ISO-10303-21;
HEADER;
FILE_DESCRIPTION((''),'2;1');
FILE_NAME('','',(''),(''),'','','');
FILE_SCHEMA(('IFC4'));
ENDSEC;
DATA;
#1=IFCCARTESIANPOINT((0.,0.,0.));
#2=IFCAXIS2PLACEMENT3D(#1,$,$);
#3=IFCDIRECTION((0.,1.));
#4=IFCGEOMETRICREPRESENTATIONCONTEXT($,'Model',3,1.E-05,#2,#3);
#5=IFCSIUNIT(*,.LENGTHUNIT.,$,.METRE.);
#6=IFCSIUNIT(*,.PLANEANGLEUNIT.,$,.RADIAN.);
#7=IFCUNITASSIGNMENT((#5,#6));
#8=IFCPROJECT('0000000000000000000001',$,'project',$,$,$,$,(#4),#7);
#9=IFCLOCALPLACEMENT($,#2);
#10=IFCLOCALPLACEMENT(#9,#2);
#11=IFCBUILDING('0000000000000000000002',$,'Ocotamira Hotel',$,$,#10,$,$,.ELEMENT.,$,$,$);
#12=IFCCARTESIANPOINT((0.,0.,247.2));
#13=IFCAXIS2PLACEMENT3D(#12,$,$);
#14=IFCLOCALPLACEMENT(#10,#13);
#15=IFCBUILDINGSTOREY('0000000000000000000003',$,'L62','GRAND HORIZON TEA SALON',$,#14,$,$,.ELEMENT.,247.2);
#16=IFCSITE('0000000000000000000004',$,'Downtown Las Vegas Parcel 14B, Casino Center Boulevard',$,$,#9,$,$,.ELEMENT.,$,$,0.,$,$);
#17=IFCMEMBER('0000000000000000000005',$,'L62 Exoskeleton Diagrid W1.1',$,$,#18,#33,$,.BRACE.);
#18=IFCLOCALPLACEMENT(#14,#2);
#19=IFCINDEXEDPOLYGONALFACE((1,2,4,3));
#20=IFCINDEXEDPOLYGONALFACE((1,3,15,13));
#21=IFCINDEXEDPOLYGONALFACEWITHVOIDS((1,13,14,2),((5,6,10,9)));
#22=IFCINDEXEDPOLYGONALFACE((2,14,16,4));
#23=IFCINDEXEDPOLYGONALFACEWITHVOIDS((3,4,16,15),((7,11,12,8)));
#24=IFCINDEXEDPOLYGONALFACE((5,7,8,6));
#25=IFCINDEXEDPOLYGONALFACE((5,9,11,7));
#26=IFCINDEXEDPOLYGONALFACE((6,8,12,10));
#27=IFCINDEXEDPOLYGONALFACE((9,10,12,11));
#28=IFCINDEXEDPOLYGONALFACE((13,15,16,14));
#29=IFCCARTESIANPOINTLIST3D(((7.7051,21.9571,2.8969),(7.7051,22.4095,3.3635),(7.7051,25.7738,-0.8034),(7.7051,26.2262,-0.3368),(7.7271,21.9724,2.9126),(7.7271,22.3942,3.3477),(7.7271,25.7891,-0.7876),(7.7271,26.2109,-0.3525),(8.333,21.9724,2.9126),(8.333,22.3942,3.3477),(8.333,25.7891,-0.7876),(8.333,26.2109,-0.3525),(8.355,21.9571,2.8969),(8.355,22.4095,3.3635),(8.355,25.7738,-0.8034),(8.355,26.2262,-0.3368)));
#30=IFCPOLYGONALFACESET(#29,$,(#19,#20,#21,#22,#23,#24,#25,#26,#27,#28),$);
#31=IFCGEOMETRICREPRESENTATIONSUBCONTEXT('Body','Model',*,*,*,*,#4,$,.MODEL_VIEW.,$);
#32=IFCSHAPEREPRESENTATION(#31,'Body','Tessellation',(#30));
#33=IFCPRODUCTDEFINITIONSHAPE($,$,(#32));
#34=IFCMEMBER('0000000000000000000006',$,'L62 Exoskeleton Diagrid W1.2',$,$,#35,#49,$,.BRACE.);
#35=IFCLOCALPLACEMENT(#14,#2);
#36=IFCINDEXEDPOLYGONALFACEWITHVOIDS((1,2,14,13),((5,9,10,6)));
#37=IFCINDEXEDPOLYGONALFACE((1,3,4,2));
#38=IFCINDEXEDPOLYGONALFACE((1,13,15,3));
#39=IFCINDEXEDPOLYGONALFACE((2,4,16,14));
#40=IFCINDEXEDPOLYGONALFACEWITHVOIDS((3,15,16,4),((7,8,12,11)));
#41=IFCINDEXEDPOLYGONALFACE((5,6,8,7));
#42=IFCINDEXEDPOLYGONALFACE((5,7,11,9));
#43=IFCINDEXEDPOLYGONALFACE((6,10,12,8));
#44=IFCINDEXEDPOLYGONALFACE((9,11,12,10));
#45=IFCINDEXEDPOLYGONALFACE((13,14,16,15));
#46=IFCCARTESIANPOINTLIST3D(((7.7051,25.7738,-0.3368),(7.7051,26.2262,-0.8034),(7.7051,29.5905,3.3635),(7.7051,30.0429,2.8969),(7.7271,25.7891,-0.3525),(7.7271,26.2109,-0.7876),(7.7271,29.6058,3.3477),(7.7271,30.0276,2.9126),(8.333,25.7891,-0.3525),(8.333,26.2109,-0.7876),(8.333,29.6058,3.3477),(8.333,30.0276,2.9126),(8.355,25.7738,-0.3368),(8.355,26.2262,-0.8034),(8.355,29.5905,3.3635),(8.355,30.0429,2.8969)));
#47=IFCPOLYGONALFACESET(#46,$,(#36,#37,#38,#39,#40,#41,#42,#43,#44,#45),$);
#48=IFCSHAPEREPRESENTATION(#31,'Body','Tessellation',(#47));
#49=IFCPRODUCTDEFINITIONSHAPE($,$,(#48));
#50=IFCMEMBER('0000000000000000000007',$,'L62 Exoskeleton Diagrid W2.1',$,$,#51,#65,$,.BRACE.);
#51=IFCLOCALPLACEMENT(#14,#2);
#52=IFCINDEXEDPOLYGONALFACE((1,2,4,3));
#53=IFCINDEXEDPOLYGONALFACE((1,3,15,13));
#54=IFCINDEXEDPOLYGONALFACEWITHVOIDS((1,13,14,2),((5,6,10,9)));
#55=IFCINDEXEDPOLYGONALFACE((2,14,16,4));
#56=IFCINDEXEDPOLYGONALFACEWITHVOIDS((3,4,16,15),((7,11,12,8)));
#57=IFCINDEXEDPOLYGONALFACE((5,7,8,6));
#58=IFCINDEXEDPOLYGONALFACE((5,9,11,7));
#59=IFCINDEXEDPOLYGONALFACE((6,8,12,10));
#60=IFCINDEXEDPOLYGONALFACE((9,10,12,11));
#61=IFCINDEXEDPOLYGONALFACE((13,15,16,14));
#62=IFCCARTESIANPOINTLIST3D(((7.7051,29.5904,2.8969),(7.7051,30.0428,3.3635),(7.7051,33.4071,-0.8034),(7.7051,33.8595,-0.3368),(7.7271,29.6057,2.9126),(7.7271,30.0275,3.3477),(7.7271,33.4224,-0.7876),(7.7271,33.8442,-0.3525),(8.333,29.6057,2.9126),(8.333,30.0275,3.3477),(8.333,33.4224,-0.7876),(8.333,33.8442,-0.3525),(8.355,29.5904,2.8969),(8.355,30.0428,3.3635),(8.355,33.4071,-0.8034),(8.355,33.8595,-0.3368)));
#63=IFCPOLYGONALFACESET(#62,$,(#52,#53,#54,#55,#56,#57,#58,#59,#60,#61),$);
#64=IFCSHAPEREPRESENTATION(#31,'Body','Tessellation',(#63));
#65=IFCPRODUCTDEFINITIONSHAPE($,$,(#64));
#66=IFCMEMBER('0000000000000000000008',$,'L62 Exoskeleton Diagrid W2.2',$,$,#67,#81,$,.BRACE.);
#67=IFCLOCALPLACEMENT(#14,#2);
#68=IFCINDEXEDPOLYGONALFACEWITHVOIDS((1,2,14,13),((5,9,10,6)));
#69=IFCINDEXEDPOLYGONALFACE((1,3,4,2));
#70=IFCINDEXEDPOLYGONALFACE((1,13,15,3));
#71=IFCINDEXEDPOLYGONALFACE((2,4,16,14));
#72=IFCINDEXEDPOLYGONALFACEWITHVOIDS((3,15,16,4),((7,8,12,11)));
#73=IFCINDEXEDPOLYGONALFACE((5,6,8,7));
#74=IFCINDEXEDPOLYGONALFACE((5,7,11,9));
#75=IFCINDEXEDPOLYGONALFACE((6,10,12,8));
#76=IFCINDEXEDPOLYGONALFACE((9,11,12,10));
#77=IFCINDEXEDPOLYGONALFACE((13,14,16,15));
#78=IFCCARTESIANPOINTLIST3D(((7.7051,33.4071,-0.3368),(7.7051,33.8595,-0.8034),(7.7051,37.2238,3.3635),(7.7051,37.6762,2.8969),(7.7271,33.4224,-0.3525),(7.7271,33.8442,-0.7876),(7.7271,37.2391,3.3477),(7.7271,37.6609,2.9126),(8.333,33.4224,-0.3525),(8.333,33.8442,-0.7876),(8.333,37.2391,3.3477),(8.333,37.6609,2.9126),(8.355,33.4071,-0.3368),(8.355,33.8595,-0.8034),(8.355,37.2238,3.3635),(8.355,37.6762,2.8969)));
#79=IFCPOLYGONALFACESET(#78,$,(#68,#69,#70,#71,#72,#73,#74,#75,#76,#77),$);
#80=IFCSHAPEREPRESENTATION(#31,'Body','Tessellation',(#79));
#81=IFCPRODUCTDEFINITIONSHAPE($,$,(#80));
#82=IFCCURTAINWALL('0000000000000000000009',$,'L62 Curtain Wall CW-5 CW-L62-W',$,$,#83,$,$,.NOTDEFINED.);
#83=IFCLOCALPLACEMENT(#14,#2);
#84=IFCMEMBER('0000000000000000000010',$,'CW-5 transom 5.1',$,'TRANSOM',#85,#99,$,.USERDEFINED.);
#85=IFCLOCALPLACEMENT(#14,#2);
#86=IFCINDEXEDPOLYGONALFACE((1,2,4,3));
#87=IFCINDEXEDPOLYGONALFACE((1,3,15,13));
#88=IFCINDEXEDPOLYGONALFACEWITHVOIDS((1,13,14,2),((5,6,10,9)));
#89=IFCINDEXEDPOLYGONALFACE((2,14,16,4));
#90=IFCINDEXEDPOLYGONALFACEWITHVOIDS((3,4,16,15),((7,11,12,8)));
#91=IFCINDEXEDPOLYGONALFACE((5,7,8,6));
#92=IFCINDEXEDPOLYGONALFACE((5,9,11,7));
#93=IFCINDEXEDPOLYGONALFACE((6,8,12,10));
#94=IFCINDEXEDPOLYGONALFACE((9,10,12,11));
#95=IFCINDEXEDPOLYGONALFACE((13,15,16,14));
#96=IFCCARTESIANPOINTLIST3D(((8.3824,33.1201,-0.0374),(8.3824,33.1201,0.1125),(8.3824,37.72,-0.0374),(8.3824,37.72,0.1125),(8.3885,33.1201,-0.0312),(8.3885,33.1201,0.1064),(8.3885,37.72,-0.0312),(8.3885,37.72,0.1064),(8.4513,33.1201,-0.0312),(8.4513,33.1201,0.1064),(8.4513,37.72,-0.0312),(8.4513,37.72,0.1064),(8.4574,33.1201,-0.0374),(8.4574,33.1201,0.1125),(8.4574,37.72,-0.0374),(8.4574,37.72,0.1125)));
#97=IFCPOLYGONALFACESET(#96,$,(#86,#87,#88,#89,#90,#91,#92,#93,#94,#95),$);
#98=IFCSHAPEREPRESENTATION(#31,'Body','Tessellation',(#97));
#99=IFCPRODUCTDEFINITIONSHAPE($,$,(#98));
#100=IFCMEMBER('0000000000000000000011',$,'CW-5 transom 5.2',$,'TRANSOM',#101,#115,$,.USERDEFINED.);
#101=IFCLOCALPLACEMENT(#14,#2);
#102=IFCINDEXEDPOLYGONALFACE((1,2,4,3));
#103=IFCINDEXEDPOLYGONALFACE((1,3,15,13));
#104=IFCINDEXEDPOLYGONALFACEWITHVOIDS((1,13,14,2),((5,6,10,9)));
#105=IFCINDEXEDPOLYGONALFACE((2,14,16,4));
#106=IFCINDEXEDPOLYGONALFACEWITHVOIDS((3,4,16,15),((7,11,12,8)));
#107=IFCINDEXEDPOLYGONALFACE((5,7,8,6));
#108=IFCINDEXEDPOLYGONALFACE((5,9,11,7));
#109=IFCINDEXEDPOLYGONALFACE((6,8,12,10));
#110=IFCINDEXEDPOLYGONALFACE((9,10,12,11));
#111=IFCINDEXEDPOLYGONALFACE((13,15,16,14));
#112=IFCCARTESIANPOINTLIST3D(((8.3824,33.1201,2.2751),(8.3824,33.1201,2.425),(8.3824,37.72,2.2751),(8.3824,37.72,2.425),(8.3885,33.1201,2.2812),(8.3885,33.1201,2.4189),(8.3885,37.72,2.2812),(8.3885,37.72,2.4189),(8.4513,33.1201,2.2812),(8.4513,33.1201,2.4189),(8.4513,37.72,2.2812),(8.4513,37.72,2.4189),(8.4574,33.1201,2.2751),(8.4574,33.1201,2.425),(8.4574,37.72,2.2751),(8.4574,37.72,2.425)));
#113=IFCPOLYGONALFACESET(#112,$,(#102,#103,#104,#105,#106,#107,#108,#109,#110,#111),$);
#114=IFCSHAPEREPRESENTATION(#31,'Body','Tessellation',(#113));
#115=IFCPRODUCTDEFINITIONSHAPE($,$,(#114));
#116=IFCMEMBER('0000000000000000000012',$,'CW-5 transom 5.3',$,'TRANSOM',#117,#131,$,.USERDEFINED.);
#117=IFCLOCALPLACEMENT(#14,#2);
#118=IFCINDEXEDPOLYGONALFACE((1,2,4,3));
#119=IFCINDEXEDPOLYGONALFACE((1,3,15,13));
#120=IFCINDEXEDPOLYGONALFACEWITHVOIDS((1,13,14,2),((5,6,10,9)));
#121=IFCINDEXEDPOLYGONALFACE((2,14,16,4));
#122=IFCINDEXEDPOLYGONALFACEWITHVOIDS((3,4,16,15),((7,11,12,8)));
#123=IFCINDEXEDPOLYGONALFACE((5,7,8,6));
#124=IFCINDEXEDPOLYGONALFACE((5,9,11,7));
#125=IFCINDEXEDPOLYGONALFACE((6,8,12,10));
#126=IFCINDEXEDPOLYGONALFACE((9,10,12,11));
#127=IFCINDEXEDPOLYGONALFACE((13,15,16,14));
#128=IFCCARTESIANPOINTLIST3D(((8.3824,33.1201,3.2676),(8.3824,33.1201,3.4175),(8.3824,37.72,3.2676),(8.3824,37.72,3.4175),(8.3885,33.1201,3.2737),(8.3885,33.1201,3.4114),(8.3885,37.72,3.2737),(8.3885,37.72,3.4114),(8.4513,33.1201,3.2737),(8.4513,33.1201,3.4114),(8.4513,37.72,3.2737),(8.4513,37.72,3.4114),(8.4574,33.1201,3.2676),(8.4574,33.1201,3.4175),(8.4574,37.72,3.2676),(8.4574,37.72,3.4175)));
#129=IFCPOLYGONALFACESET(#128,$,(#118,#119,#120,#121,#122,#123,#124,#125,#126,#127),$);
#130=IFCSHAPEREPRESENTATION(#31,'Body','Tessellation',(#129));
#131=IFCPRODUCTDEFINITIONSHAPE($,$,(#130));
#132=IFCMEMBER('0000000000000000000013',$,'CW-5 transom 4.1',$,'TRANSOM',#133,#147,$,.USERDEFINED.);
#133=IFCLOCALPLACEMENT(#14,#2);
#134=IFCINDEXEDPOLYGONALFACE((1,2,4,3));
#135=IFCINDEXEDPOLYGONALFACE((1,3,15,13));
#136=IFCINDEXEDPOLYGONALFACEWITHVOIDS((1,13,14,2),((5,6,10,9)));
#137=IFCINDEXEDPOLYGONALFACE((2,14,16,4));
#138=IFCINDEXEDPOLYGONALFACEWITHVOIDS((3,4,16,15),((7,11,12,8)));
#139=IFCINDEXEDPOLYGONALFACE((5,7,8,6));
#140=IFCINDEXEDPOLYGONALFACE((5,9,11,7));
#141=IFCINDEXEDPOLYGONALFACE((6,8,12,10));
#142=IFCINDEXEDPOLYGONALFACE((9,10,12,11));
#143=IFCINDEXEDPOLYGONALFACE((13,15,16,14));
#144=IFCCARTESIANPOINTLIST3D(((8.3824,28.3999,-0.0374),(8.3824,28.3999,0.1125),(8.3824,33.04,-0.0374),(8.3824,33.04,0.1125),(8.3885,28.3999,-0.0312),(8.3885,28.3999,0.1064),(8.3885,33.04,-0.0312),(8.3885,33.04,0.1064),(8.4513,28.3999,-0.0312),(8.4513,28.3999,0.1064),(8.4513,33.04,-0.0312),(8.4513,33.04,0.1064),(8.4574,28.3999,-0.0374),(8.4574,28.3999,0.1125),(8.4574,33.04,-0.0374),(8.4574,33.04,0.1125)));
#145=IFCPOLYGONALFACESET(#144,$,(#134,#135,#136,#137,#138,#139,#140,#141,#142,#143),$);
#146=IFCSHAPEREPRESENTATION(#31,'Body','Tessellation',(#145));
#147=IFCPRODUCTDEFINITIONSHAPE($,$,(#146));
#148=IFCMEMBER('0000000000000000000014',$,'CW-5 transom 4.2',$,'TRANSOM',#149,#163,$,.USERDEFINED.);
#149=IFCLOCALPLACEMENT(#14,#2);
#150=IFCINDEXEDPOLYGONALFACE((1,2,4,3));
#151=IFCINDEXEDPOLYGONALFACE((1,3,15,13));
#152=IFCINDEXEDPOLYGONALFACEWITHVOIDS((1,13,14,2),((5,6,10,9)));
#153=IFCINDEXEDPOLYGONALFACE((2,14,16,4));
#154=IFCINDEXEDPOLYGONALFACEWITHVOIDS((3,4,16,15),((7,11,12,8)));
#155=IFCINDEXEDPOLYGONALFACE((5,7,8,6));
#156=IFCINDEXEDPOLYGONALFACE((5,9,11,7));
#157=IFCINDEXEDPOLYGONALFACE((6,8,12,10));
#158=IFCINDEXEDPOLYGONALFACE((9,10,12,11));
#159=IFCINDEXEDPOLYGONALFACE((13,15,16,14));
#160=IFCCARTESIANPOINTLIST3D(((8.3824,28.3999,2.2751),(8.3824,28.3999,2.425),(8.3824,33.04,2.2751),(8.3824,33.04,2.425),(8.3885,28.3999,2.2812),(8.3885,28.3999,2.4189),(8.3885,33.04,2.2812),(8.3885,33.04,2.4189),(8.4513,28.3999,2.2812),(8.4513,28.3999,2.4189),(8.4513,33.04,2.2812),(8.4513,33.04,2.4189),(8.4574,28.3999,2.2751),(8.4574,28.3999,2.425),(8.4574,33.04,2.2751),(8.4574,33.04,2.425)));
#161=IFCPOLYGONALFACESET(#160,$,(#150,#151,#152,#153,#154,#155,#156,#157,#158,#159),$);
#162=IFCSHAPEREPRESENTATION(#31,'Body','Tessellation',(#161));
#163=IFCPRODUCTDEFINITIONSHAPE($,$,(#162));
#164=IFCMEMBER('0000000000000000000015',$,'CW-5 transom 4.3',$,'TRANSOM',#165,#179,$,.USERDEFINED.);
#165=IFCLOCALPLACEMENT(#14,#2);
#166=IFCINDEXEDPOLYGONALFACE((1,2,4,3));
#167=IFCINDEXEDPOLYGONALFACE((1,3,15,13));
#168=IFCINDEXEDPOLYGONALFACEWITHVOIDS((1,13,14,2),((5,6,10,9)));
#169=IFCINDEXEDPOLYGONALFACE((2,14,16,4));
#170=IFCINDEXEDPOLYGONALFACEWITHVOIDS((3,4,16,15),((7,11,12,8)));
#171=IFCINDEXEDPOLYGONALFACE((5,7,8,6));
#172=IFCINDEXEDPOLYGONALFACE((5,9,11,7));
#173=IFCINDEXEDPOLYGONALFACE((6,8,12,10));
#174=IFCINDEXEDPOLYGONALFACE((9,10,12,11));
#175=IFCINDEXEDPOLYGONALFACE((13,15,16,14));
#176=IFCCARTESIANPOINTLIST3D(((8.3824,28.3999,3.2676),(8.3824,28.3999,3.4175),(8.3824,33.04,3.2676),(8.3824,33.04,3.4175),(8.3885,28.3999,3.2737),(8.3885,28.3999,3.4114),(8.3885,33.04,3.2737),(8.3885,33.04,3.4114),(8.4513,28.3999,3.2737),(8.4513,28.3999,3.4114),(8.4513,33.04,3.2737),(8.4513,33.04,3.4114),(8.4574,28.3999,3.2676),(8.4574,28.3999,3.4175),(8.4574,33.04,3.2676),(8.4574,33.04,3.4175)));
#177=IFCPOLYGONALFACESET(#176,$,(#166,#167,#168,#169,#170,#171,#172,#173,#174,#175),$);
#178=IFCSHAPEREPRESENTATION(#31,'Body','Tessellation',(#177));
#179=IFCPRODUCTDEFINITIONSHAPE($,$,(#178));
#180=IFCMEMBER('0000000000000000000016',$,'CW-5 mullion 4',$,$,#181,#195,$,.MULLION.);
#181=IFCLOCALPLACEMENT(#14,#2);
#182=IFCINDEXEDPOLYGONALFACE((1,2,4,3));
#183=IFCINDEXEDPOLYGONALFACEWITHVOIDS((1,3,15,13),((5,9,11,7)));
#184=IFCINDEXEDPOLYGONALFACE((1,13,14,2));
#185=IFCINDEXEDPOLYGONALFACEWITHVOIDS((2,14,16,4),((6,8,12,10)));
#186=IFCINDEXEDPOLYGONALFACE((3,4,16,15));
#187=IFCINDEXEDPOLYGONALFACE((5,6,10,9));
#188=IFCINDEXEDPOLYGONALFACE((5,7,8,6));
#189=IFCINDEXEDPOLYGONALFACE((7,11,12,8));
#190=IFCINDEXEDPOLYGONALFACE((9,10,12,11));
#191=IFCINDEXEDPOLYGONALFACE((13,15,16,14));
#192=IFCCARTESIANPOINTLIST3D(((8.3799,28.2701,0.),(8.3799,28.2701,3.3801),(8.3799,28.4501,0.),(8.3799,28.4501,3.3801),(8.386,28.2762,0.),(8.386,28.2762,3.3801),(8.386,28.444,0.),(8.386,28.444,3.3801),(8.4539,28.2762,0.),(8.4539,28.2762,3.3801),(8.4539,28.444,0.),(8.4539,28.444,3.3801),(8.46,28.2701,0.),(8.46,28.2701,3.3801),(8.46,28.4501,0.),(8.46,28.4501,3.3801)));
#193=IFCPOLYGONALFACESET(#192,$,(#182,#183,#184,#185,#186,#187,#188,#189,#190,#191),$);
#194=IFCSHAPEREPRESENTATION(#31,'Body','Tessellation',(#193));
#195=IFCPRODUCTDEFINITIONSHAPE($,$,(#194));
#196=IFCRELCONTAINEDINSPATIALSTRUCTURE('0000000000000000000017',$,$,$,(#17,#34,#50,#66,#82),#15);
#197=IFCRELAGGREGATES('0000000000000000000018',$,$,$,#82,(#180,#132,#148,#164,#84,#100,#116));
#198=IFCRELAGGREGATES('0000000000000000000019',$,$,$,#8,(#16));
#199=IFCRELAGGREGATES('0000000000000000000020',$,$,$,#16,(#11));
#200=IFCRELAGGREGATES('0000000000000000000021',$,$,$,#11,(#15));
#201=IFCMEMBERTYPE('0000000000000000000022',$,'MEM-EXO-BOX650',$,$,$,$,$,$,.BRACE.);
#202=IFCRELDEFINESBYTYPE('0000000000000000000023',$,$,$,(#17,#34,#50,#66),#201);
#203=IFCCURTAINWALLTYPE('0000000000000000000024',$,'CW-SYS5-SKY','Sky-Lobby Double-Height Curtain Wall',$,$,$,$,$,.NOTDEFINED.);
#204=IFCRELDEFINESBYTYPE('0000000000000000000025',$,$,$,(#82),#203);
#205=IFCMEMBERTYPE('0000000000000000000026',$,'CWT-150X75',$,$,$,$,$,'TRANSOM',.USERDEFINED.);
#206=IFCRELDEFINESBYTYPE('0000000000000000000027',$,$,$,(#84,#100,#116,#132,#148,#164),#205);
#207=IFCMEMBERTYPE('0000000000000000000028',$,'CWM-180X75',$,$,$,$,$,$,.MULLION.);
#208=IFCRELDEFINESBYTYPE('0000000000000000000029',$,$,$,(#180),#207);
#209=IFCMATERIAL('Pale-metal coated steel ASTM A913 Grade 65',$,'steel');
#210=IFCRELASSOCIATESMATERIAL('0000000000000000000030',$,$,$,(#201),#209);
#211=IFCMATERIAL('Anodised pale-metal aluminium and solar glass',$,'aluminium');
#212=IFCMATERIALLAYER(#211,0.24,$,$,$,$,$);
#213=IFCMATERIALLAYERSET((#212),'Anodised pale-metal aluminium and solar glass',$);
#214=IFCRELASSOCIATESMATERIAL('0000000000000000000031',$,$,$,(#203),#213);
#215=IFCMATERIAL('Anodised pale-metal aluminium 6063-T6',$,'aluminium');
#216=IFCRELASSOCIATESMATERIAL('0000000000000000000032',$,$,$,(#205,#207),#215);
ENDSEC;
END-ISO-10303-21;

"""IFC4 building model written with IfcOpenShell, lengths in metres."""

from ifc_helpers import new_model, si_unit, direction, frame, origin, origin_2d, place, context, subcontext, project, spatial, hollow_rectangle, extrude, source, transform, mapped, material, layer, layer_set, material_profile, profile_set, type_object, element, aggregate, save


model = new_model("IFC4")

# Units and contexts
model_context = context("Model", 3, precision=1e-05, world=origin(), true_north=direction((0.0, 1.0)))
body_context = subcontext(model_context, "Body", "Model", "MODEL_VIEW")
ifc_project = project(units=[si_unit("LENGTHUNIT", "METRE"), si_unit("PLANEANGLEUNIT", "RADIAN")], contexts=[model_context])

# Site, building, storey
site_placement = place(None, origin())
site = spatial("IfcSite", under=ifc_project, at=site_placement, Name="Downtown Las Vegas Parcel 14B, Casino Center Boulevard", CompositionType="ELEMENT", RefElevation=0.0)
building_placement = place(site_placement, origin())
building = spatial("IfcBuilding", under=site, at=building_placement, Name="Ocotamira Hotel", CompositionType="ELEMENT")
storey_placement = place(building_placement, frame((0.0, 0.0, 247.2)))
storey = spatial("IfcBuildingStorey", under=building, at=storey_placement, Name="L62", Description="GRAND HORIZON TEA SALON", CompositionType="ELEMENT", Elevation=247.2)

# Members
ifc_material_1 = material(Name="Pale-metal coated steel ASTM A913 Grade 65", Category="steel")
ifc_material_profile_1 = material_profile(ifc_material_1, hollow_rectangle(XDim=0.6499, YDim=0.6499, WallThickness=0.022, at=origin_2d()), Name="BOX650X650X22")
ifc_profile_set_1 = profile_set([ifc_material_profile_1], Name="Pale-metal coated steel ASTM A913 Grade 65")
member_type_1 = type_object("IfcMemberType", Name="MEM-EXO-BOX650", PredefinedType="BRACE", material=ifc_profile_set_1)
shared_shape_1 = source(origin(), body_context, "Body", "SweptSolid", [
    extrude(hollow_rectangle(XDim=0.6499, YDim=0.6499, WallThickness=0.022, at=origin_2d()), origin(), (0.0, 0.0, 1.0), 5.3159),
])
for number, where, z_axis, x_axis, name in (
    (1, (8.03, 26.0, -0.5701), (0.0, -0.717976, 0.696068), (1.0, 0.0, 0.0), "L62 Exoskeleton Diagrid W1.1"),
    (2, (8.03, 26.0, -0.5701), (0.0, 0.717976, 0.696068), (-1.0, 0.0, 0.0), "L62 Exoskeleton Diagrid W1.2"),
    (3, (8.03, 33.6333, -0.5701), (0.0, -0.717976, 0.696068), (1.0, 0.0, 0.0), "L62 Exoskeleton Diagrid W2.1"),
    (4, (8.03, 33.6333, -0.5701), (0.0, 0.717976, 0.696068), (-1.0, 0.0, 0.0), "L62 Exoskeleton Diagrid W2.2"),
):
    element("IfcMember", number, at=place(storey_placement, frame(where, z_axis=z_axis, x_axis=x_axis)), inside=storey, type_object=member_type_1, Name=name, PredefinedType="BRACE", context=body_context, shape_type="MappedRepresentation", body=[
        mapped(shared_shape_1, transform((0.0, 0.0, 0.0), scale=1.0)),
    ])

# Curtain wall, members
ifc_material_2 = material(Name="Anodised pale-metal aluminium and solar glass", Category="aluminium")
ifc_layer_1 = layer(ifc_material_2, 0.24)
ifc_layer_set_1 = layer_set([ifc_layer_1], Name="Anodised pale-metal aluminium and solar glass")
curtain_wall_type = type_object("IfcCurtainWallType", Name="CW-SYS5-SKY", Description="Sky-Lobby Double-Height Curtain Wall", PredefinedType="NOTDEFINED", material=ifc_layer_set_1)
curtain_wall_placement = place(storey_placement, origin())
curtain_wall = element("IfcCurtainWall", 5, at=curtain_wall_placement, inside=storey, type_object=curtain_wall_type, Name="L62 Curtain Wall CW-5 CW-L62-W", PredefinedType="NOTDEFINED")
ifc_material_3 = material(Name="Anodised pale-metal aluminium 6063-T6", Category="aluminium")
ifc_material_profile_2 = material_profile(ifc_material_3, hollow_rectangle(XDim=0.075, YDim=0.1499, WallThickness=0.0061, at=origin_2d()), Name="HSS150X75X6")
ifc_profile_set_2 = profile_set([ifc_material_profile_2], Name="Anodised pale-metal aluminium 6063-T6")
member_type_2 = type_object("IfcMemberType", Name="CWT-150X75", ElementType="TRANSOM", PredefinedType="USERDEFINED", material=ifc_profile_set_2)
shared_shape_2 = source(origin(), body_context, "Body", "SweptSolid", [
    extrude(hollow_rectangle(XDim=0.075, YDim=0.1499, WallThickness=0.0061, at=origin_2d()), origin(), (0.0, 0.0, 1.0), 4.5999),
])
member_1_placement = place(storey_placement, frame((8.4199, 33.1201, 0.0376), z_axis=(0.0, 1.0, 0.0), x_axis=(-1.0, 0.0, 0.0)))
member_1 = element("IfcMember", 6, at=member_1_placement, type_object=member_type_2, Name="CW-5 transom 5.1", ObjectType="TRANSOM", PredefinedType="USERDEFINED", context=body_context, shape_type="MappedRepresentation", body=[
    mapped(shared_shape_2, transform((0.0, 0.0, 0.0), scale=1.0)),
])
member_2_placement = place(storey_placement, frame((8.4199, 33.1201, 2.3501), z_axis=(0.0, 1.0, 0.0), x_axis=(-1.0, 0.0, 0.0)))
member_2 = element("IfcMember", 7, at=member_2_placement, type_object=member_type_2, Name="CW-5 transom 5.2", ObjectType="TRANSOM", PredefinedType="USERDEFINED", context=body_context, shape_type="MappedRepresentation", body=[
    mapped(shared_shape_2, transform((0.0, 0.0, 0.0), scale=1.0)),
])
member_3_placement = place(storey_placement, frame((8.4199, 33.1201, 3.3425), z_axis=(0.0, 1.0, 0.0), x_axis=(-1.0, 0.0, 0.0)))
member_3 = element("IfcMember", 8, at=member_3_placement, type_object=member_type_2, Name="CW-5 transom 5.3", ObjectType="TRANSOM", PredefinedType="USERDEFINED", context=body_context, shape_type="MappedRepresentation", body=[
    mapped(shared_shape_2, transform((0.0, 0.0, 0.0), scale=1.0)),
])
shared_shape_3 = source(origin(), body_context, "Body", "SweptSolid", [
    extrude(hollow_rectangle(XDim=0.075, YDim=0.1499, WallThickness=0.0061, at=origin_2d()), origin(), (0.0, 0.0, 1.0), 4.6401),
])
member_4_placement = place(storey_placement, frame((8.4199, 28.3999, 0.0376), z_axis=(0.0, 1.0, 0.0), x_axis=(-1.0, 0.0, 0.0)))
member_4 = element("IfcMember", 9, at=member_4_placement, type_object=member_type_2, Name="CW-5 transom 4.1", ObjectType="TRANSOM", PredefinedType="USERDEFINED", context=body_context, shape_type="MappedRepresentation", body=[
    mapped(shared_shape_3, transform((0.0, 0.0, 0.0), scale=1.0)),
])
member_5_placement = place(storey_placement, frame((8.4199, 28.3999, 2.3501), z_axis=(0.0, 1.0, 0.0), x_axis=(-1.0, 0.0, 0.0)))
member_5 = element("IfcMember", 10, at=member_5_placement, type_object=member_type_2, Name="CW-5 transom 4.2", ObjectType="TRANSOM", PredefinedType="USERDEFINED", context=body_context, shape_type="MappedRepresentation", body=[
    mapped(shared_shape_3, transform((0.0, 0.0, 0.0), scale=1.0)),
])
member_6_placement = place(storey_placement, frame((8.4199, 28.3999, 3.3425), z_axis=(0.0, 1.0, 0.0), x_axis=(-1.0, 0.0, 0.0)))
member_6 = element("IfcMember", 11, at=member_6_placement, type_object=member_type_2, Name="CW-5 transom 4.3", ObjectType="TRANSOM", PredefinedType="USERDEFINED", context=body_context, shape_type="MappedRepresentation", body=[
    mapped(shared_shape_3, transform((0.0, 0.0, 0.0), scale=1.0)),
])
ifc_material_profile_3 = material_profile(ifc_material_3, hollow_rectangle(XDim=0.0801, YDim=0.1799, WallThickness=0.0061, at=origin_2d()), Name="HSS180X80X6")
ifc_profile_set_3 = profile_set([ifc_material_profile_3], Name="Anodised pale-metal aluminium 6063-T6")
member_type_3 = type_object("IfcMemberType", Name="CWM-180X75", PredefinedType="MULLION", material=ifc_profile_set_3)
shared_shape_4 = source(origin(), body_context, "Body", "SweptSolid", [
    extrude(hollow_rectangle(XDim=0.0801, YDim=0.1799, WallThickness=0.0061, at=origin_2d()), origin(), (0.0, 0.0, 1.0), 3.3801),
])
member_7_placement = place(storey_placement, frame((8.4199, 28.3601, 0.0), z_axis=(0.0, 0.0, 1.0), x_axis=(-1.0, 0.0, 0.0)))
member_7 = element("IfcMember", 12, at=member_7_placement, type_object=member_type_3, Name="CW-5 mullion 4", PredefinedType="MULLION", context=body_context, shape_type="MappedRepresentation", body=[
    mapped(shared_shape_4, transform((0.0, 0.0, 0.0), scale=1.0)),
])

aggregate(curtain_wall, [member_7, member_4, member_5, member_6, member_1, member_2, member_3])

save(model, "model.ifc")
